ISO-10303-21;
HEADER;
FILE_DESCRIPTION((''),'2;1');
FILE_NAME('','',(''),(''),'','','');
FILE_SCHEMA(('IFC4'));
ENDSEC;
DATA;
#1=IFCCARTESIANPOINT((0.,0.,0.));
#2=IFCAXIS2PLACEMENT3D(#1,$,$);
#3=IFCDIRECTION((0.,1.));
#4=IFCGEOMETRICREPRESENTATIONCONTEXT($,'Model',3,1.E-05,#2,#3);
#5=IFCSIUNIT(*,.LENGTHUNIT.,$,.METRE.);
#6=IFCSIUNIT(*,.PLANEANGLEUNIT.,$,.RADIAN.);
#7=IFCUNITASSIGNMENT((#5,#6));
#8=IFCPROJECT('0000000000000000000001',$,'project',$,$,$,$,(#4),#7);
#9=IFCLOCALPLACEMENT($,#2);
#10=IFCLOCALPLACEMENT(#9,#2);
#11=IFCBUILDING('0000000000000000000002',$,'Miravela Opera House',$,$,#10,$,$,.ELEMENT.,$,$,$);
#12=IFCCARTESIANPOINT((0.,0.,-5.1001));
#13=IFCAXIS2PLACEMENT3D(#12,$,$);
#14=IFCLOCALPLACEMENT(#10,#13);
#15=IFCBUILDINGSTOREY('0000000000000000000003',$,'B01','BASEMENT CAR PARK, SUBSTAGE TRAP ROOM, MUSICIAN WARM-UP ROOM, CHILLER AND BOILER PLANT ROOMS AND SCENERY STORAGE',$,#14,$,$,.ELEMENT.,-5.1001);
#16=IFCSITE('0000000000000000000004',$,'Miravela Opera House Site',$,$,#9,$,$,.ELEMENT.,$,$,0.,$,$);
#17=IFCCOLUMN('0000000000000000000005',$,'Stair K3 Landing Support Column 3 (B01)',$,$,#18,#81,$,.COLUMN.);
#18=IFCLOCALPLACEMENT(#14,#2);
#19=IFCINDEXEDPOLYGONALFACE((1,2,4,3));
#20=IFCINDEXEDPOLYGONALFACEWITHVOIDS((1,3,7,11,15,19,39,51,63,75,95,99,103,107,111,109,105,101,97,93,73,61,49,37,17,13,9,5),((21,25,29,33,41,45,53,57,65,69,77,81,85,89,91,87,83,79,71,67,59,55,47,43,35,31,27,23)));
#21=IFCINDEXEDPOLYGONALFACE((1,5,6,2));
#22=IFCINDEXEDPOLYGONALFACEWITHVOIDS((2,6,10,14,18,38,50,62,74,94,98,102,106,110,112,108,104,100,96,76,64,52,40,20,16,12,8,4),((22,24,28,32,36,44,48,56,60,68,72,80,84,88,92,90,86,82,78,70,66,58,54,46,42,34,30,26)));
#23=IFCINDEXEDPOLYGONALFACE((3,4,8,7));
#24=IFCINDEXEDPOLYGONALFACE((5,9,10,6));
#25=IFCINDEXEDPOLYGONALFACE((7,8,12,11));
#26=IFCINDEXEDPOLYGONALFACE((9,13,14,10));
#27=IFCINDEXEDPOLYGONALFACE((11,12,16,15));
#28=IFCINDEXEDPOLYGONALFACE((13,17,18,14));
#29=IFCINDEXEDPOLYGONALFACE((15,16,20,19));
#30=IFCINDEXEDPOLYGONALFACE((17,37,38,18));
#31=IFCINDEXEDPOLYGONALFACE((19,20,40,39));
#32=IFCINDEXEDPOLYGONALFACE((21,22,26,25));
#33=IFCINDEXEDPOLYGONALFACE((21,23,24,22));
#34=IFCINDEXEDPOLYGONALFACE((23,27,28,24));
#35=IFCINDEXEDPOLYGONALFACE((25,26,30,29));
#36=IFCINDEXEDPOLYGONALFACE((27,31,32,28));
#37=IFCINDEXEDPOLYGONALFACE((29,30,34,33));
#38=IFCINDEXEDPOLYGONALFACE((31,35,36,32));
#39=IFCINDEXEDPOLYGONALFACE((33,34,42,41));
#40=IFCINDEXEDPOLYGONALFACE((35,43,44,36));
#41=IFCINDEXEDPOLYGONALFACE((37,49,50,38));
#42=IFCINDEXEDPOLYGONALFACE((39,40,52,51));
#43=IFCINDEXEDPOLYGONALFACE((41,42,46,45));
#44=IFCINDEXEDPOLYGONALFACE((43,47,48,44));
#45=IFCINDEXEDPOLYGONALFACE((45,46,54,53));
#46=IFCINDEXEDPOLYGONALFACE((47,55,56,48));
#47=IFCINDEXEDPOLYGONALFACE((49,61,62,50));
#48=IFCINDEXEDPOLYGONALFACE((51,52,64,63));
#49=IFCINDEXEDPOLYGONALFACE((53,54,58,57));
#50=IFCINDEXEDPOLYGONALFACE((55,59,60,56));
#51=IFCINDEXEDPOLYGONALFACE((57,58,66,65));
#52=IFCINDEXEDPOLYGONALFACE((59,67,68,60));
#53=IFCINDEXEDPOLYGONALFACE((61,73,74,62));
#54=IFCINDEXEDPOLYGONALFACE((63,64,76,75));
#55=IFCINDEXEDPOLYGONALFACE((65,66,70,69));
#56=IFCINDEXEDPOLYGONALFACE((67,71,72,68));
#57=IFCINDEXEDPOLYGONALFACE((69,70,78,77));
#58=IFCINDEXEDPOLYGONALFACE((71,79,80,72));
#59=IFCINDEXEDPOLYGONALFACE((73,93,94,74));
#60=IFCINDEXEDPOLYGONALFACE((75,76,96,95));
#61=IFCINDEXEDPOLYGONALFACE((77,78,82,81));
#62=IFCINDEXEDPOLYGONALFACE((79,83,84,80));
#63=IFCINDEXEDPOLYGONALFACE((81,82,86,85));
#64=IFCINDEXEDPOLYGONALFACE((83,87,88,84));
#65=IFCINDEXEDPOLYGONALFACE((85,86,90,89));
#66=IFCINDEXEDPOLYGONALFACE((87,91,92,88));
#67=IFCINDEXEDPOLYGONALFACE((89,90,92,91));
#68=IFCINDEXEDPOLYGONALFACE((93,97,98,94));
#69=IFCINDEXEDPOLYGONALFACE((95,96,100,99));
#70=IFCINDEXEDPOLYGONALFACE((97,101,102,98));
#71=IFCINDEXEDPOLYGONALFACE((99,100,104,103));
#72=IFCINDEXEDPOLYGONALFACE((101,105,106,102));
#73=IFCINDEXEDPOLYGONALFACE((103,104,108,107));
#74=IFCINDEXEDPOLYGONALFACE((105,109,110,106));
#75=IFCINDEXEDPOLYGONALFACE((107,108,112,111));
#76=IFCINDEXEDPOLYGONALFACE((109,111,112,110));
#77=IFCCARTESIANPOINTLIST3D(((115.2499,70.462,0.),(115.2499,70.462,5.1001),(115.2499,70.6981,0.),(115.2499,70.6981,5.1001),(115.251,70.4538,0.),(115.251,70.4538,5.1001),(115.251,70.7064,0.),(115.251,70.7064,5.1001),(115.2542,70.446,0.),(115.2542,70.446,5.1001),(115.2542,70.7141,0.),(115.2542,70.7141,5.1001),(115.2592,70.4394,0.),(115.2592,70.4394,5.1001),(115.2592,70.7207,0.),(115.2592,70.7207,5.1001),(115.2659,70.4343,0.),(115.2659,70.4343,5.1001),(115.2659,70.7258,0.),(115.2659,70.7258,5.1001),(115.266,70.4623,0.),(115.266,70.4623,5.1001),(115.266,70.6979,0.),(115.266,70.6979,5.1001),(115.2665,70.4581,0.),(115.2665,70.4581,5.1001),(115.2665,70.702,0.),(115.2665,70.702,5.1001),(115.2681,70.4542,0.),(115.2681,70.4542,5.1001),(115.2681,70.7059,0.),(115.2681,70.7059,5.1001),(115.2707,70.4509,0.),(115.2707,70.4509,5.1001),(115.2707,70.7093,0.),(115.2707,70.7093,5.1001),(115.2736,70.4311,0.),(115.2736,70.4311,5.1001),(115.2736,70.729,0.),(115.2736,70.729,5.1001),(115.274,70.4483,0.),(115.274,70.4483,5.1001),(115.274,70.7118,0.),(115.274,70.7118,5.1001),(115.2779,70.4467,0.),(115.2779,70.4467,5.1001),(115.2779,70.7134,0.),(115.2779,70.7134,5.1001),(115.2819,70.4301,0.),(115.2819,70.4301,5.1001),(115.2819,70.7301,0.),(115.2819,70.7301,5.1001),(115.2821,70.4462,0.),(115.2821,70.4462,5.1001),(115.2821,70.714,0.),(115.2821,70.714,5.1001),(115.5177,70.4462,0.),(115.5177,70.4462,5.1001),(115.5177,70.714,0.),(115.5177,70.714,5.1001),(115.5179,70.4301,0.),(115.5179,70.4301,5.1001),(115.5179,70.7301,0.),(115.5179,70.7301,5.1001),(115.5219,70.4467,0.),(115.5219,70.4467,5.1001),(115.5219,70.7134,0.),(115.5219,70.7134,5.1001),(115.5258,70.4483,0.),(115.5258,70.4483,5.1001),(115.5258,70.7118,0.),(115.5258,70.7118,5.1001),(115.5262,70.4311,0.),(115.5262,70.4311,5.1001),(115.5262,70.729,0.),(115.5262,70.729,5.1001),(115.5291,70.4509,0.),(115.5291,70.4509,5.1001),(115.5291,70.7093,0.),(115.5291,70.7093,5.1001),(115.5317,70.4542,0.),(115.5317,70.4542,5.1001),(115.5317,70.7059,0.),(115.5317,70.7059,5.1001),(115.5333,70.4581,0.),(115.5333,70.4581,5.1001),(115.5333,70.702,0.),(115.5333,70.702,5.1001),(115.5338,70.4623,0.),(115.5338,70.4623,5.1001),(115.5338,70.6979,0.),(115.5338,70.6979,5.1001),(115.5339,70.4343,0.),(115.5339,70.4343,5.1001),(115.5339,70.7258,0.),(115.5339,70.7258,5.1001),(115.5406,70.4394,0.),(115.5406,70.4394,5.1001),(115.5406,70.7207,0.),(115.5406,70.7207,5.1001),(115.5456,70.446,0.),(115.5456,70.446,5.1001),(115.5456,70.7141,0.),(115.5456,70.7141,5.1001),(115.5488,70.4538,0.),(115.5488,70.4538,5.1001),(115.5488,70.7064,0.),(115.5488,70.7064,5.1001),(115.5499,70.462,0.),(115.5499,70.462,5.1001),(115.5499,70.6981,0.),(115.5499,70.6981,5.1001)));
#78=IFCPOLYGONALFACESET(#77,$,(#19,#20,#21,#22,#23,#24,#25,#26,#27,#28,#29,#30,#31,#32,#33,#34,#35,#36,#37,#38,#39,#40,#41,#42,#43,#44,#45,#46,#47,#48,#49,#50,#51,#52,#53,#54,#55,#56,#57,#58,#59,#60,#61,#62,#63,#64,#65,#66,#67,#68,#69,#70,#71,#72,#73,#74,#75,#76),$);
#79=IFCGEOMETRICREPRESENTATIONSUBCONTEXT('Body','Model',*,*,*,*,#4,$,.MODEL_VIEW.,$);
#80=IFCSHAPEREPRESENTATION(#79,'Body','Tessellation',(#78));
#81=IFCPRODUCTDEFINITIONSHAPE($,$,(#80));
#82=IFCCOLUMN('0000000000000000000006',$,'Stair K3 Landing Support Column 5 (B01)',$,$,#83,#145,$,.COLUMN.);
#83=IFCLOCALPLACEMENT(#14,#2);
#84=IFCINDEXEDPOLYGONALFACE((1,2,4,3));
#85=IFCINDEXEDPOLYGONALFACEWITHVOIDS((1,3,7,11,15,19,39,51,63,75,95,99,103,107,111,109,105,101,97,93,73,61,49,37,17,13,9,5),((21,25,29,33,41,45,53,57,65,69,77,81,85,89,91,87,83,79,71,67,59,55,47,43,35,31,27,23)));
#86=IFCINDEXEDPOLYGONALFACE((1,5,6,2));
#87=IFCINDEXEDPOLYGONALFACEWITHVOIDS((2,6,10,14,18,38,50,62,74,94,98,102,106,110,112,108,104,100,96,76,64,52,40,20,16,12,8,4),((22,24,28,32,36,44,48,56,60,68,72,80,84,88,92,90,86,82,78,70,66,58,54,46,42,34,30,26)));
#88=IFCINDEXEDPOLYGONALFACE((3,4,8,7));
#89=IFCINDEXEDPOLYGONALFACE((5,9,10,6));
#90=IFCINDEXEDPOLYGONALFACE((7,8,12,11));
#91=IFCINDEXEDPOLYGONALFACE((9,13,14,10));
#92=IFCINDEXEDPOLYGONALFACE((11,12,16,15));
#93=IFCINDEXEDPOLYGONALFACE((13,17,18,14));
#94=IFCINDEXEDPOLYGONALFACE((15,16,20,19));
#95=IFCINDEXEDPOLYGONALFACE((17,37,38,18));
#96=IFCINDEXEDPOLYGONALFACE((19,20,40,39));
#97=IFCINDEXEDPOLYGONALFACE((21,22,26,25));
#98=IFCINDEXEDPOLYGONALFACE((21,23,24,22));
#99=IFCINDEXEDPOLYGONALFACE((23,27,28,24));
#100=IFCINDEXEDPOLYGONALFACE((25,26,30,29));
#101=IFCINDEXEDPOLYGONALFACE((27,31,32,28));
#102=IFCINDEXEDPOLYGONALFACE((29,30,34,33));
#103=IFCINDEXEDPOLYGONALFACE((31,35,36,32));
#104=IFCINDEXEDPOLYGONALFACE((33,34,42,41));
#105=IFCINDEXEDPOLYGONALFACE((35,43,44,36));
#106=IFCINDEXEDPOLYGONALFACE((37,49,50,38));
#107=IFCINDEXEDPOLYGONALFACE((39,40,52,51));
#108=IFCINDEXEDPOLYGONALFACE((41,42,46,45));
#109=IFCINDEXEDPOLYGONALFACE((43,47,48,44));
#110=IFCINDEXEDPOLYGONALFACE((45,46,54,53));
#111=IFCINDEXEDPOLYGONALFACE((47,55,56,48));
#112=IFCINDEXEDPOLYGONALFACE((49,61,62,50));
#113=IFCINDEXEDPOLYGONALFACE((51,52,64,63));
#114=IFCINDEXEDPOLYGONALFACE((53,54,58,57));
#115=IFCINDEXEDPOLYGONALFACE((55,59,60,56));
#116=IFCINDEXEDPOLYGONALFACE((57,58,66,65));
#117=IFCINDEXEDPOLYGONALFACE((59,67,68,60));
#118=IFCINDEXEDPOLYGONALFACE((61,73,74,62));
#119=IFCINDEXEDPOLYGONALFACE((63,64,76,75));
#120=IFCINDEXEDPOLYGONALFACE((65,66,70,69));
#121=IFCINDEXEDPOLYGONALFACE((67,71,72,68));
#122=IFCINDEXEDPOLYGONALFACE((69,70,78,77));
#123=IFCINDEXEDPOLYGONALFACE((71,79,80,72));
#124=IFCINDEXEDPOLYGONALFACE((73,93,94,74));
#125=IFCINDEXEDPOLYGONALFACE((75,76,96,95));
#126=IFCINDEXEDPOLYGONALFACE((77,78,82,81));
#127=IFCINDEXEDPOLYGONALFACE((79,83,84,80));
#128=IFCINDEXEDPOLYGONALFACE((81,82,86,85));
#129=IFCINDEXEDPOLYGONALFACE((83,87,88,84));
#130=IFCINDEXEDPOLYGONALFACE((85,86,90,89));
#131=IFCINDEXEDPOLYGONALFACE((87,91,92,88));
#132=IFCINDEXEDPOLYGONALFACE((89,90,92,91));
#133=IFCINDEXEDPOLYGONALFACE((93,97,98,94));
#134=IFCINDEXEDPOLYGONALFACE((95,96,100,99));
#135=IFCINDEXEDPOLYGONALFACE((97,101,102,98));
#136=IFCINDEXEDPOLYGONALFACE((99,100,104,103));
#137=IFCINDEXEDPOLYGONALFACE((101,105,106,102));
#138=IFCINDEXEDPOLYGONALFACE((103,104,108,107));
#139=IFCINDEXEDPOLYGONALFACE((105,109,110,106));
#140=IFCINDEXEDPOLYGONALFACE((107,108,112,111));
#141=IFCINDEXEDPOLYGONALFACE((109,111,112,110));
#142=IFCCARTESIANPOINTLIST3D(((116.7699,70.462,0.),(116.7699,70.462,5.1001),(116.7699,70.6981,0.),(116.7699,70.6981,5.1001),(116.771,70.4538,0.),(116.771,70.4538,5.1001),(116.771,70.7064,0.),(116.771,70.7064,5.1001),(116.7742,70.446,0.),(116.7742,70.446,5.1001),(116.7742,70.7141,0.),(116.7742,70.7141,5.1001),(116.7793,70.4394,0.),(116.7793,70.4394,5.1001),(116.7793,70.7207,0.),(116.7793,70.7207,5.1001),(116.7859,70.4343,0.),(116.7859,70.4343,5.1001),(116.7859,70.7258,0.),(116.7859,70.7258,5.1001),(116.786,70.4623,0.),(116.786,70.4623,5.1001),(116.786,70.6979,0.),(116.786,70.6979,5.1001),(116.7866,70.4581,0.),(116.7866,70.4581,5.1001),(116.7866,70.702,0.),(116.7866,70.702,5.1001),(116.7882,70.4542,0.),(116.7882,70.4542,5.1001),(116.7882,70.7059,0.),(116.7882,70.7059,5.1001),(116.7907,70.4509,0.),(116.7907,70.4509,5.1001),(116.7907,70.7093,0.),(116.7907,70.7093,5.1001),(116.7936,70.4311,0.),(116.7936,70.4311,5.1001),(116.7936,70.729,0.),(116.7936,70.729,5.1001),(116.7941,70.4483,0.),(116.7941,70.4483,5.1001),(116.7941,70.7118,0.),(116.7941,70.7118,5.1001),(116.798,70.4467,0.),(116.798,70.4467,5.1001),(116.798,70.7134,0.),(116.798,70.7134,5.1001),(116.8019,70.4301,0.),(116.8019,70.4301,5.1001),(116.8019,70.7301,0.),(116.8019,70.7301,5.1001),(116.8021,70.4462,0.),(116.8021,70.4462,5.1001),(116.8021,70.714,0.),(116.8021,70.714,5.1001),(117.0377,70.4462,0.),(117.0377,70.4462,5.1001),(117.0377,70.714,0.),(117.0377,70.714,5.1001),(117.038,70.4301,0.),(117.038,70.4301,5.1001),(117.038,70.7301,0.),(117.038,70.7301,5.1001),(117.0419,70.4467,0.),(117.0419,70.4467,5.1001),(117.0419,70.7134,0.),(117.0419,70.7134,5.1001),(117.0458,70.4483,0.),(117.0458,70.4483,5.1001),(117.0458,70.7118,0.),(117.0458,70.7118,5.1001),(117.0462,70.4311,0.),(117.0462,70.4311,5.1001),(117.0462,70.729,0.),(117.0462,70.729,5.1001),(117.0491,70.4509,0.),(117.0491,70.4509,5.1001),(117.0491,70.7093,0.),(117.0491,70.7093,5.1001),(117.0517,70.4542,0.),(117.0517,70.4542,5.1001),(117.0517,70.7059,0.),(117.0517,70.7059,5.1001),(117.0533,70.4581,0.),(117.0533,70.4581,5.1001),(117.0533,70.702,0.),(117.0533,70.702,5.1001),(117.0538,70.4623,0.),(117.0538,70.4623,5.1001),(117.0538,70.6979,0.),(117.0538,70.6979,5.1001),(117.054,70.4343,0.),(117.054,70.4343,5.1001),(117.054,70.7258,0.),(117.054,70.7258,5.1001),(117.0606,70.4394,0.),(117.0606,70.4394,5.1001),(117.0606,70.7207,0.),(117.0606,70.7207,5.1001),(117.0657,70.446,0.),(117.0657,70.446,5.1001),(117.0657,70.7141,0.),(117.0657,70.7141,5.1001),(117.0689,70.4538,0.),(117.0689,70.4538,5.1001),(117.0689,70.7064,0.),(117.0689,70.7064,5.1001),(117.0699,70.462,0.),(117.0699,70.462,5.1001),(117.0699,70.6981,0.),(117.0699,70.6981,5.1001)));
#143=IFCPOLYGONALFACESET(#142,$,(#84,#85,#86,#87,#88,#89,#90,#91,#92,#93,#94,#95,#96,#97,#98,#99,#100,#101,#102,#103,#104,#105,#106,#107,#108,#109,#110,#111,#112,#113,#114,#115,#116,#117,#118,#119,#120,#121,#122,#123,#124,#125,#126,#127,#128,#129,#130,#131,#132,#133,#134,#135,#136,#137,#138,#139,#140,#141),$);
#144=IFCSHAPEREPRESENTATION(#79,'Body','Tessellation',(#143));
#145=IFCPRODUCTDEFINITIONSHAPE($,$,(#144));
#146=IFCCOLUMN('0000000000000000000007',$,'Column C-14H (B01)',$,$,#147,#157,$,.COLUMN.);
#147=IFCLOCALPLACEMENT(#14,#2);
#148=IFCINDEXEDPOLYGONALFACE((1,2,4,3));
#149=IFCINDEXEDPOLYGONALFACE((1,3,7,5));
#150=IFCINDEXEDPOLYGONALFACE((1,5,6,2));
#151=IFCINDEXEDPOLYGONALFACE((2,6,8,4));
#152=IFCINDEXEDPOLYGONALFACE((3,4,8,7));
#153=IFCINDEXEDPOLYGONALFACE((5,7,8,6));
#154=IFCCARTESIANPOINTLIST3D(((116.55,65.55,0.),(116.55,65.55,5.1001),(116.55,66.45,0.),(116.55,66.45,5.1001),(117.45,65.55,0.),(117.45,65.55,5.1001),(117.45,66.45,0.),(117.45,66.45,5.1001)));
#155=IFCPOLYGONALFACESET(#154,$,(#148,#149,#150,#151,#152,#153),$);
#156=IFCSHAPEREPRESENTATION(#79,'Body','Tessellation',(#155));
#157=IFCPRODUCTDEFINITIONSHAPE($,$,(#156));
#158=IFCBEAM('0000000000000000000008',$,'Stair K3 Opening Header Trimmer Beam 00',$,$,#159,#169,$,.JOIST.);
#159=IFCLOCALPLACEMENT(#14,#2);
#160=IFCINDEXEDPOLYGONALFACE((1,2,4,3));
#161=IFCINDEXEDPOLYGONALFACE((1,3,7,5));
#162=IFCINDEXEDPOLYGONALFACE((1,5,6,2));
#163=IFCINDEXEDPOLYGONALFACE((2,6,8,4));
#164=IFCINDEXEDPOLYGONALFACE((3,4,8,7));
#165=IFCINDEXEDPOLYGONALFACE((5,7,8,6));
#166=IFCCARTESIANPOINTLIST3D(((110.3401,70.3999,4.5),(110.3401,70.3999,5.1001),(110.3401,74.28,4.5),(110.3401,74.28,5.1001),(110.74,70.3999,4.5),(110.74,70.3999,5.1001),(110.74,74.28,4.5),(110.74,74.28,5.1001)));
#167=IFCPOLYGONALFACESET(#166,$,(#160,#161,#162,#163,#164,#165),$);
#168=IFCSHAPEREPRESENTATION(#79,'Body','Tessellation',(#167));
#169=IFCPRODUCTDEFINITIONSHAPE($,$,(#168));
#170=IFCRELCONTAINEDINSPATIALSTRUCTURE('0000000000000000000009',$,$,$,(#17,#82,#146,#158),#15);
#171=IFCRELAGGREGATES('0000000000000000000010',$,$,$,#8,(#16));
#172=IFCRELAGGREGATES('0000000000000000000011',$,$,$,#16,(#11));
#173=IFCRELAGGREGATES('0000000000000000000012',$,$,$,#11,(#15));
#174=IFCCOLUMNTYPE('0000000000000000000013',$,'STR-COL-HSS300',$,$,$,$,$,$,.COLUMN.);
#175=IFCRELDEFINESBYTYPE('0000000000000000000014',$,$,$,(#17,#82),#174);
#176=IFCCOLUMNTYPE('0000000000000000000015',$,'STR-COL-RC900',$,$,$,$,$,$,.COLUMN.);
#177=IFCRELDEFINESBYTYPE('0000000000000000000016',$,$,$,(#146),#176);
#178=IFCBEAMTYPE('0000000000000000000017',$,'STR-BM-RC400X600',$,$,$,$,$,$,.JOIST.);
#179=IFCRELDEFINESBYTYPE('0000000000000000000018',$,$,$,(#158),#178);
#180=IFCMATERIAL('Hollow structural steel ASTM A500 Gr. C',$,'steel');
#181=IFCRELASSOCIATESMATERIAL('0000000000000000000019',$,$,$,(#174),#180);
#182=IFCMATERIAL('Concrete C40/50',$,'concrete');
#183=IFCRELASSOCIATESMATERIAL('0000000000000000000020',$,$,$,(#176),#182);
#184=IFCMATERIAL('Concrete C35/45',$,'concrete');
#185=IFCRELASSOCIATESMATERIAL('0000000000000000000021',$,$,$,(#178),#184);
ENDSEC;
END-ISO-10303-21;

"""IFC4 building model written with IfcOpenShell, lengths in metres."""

from ifc_helpers import new_model, si_unit, direction, frame, origin, origin_2d, place, context, subcontext, project, spatial, rectangle, hollow_rectangle, extrude, material, material_profile, profile_set, type_object, element, save


model = new_model("IFC4")

# Units and contexts
model_context = context("Model", 3, precision=1e-05, world=origin(), true_north=direction((0.0, 1.0)))
body_context = subcontext(model_context, "Body", "Model", "MODEL_VIEW")
ifc_project = project(units=[si_unit("LENGTHUNIT", "METRE"), si_unit("PLANEANGLEUNIT", "RADIAN")], contexts=[model_context])

# Site, building, storey
site_placement = place(None, origin())
site = spatial("IfcSite", under=ifc_project, at=site_placement, Name="Miravela Opera House Site", CompositionType="ELEMENT", RefElevation=0.0)
building_placement = place(site_placement, origin())
building = spatial("IfcBuilding", under=site, at=building_placement, Name="Miravela Opera House", CompositionType="ELEMENT")
storey_placement = place(building_placement, frame((0.0, 0.0, -5.1001)))
storey = spatial("IfcBuildingStorey", under=building, at=storey_placement, Name="B01", Description="BASEMENT CAR PARK, SUBSTAGE TRAP ROOM, MUSICIAN WARM-UP ROOM, CHILLER AND BOILER PLANT ROOMS AND SCENERY STORAGE", CompositionType="ELEMENT", Elevation=-5.1001)

# Shared definitions
ifc_material_1 = material(Name="Concrete C35/45", Category="concrete")

# Columns
ifc_material_2 = material(Name="Hollow structural steel ASTM A500 Gr. C", Category="steel")
ifc_material_profile_1 = material_profile(ifc_material_2, hollow_rectangle(XDim=0.3, YDim=0.3, WallThickness=0.0161, InnerFilletRadius=0.0161, OuterFilletRadius=0.032, at=origin_2d()), Name="HSS300X300X16")
ifc_profile_set_1 = profile_set([ifc_material_profile_1])
column_type_1 = type_object("IfcColumnType", Name="STR-COL-HSS300", PredefinedType="COLUMN", material=ifc_profile_set_1)
for number, where, z_axis, x_axis, name in (
    (1, (115.3999, 70.5801, 0.0), (0.0, 0.0, 1.0), (1.0, 0.0, 0.0), "Stair K3 Landing Support Column 3 (B01)"),
    (2, (116.9199, 70.5801, 0.0), (0.0, 0.0, 1.0), (1.0, 0.0, 0.0), "Stair K3 Landing Support Column 5 (B01)"),
):
    element("IfcColumn", number, at=place(storey_placement, frame(where, z_axis=z_axis, x_axis=x_axis)), inside=storey, type_object=column_type_1, Name=name, PredefinedType="COLUMN", context=body_context, shape_type="SweptSolid", body=[
        extrude(hollow_rectangle(XDim=0.3, YDim=0.3, WallThickness=0.0161, InnerFilletRadius=0.0161, OuterFilletRadius=0.032, at=origin_2d()), origin(), (0.0, 0.0, 1.0), 5.1001),
    ])
ifc_material_3 = material(Name="Concrete C40/50", Category="concrete")
ifc_material_profile_2 = material_profile(ifc_material_3, rectangle(XDim=0.8999, YDim=0.8999, at=origin_2d()), Name="RC-COL-900X900")
ifc_profile_set_2 = profile_set([ifc_material_profile_2])
column_type_2 = type_object("IfcColumnType", Name="STR-COL-RC900", PredefinedType="COLUMN", material=ifc_profile_set_2)
column_placement = place(storey_placement, frame((117.0, 66.0, 0.0), z_axis=(0.0, 0.0, 1.0), x_axis=(1.0, 0.0, 0.0)))
element("IfcColumn", 3, at=column_placement, inside=storey, type_object=column_type_2, Name="Column C-14H (B01)", PredefinedType="COLUMN", context=body_context, shape_type="SweptSolid", body=[
    extrude(rectangle(XDim=0.8999, YDim=0.8999, at=origin_2d()), origin(), (0.0, 0.0, 1.0), 5.1001),
])

# Beam
ifc_material_profile_3 = material_profile(ifc_material_1, rectangle(XDim=0.3999, YDim=0.6001, at=origin_2d()), Name="RC-BM-400X600")
ifc_profile_set_3 = profile_set([ifc_material_profile_3])
beam_type = type_object("IfcBeamType", Name="STR-BM-RC400X600", PredefinedType="JOIST", material=ifc_profile_set_3)
beam_placement = place(storey_placement, frame((110.54, 70.3999, 4.8), z_axis=(0.0, 1.0, 0.0), x_axis=(-1.0, 0.0, 0.0)))
element("IfcBeam", 4, at=beam_placement, inside=storey, type_object=beam_type, Name="Stair K3 Opening Header Trimmer Beam 00", PredefinedType="JOIST", context=body_context, shape_type="SweptSolid", body=[
    extrude(rectangle(XDim=0.3999, YDim=0.6001, at=origin_2d()), origin(), (0.0, 0.0, 1.0), 3.8801),
])

save(model, "model.ifc")
